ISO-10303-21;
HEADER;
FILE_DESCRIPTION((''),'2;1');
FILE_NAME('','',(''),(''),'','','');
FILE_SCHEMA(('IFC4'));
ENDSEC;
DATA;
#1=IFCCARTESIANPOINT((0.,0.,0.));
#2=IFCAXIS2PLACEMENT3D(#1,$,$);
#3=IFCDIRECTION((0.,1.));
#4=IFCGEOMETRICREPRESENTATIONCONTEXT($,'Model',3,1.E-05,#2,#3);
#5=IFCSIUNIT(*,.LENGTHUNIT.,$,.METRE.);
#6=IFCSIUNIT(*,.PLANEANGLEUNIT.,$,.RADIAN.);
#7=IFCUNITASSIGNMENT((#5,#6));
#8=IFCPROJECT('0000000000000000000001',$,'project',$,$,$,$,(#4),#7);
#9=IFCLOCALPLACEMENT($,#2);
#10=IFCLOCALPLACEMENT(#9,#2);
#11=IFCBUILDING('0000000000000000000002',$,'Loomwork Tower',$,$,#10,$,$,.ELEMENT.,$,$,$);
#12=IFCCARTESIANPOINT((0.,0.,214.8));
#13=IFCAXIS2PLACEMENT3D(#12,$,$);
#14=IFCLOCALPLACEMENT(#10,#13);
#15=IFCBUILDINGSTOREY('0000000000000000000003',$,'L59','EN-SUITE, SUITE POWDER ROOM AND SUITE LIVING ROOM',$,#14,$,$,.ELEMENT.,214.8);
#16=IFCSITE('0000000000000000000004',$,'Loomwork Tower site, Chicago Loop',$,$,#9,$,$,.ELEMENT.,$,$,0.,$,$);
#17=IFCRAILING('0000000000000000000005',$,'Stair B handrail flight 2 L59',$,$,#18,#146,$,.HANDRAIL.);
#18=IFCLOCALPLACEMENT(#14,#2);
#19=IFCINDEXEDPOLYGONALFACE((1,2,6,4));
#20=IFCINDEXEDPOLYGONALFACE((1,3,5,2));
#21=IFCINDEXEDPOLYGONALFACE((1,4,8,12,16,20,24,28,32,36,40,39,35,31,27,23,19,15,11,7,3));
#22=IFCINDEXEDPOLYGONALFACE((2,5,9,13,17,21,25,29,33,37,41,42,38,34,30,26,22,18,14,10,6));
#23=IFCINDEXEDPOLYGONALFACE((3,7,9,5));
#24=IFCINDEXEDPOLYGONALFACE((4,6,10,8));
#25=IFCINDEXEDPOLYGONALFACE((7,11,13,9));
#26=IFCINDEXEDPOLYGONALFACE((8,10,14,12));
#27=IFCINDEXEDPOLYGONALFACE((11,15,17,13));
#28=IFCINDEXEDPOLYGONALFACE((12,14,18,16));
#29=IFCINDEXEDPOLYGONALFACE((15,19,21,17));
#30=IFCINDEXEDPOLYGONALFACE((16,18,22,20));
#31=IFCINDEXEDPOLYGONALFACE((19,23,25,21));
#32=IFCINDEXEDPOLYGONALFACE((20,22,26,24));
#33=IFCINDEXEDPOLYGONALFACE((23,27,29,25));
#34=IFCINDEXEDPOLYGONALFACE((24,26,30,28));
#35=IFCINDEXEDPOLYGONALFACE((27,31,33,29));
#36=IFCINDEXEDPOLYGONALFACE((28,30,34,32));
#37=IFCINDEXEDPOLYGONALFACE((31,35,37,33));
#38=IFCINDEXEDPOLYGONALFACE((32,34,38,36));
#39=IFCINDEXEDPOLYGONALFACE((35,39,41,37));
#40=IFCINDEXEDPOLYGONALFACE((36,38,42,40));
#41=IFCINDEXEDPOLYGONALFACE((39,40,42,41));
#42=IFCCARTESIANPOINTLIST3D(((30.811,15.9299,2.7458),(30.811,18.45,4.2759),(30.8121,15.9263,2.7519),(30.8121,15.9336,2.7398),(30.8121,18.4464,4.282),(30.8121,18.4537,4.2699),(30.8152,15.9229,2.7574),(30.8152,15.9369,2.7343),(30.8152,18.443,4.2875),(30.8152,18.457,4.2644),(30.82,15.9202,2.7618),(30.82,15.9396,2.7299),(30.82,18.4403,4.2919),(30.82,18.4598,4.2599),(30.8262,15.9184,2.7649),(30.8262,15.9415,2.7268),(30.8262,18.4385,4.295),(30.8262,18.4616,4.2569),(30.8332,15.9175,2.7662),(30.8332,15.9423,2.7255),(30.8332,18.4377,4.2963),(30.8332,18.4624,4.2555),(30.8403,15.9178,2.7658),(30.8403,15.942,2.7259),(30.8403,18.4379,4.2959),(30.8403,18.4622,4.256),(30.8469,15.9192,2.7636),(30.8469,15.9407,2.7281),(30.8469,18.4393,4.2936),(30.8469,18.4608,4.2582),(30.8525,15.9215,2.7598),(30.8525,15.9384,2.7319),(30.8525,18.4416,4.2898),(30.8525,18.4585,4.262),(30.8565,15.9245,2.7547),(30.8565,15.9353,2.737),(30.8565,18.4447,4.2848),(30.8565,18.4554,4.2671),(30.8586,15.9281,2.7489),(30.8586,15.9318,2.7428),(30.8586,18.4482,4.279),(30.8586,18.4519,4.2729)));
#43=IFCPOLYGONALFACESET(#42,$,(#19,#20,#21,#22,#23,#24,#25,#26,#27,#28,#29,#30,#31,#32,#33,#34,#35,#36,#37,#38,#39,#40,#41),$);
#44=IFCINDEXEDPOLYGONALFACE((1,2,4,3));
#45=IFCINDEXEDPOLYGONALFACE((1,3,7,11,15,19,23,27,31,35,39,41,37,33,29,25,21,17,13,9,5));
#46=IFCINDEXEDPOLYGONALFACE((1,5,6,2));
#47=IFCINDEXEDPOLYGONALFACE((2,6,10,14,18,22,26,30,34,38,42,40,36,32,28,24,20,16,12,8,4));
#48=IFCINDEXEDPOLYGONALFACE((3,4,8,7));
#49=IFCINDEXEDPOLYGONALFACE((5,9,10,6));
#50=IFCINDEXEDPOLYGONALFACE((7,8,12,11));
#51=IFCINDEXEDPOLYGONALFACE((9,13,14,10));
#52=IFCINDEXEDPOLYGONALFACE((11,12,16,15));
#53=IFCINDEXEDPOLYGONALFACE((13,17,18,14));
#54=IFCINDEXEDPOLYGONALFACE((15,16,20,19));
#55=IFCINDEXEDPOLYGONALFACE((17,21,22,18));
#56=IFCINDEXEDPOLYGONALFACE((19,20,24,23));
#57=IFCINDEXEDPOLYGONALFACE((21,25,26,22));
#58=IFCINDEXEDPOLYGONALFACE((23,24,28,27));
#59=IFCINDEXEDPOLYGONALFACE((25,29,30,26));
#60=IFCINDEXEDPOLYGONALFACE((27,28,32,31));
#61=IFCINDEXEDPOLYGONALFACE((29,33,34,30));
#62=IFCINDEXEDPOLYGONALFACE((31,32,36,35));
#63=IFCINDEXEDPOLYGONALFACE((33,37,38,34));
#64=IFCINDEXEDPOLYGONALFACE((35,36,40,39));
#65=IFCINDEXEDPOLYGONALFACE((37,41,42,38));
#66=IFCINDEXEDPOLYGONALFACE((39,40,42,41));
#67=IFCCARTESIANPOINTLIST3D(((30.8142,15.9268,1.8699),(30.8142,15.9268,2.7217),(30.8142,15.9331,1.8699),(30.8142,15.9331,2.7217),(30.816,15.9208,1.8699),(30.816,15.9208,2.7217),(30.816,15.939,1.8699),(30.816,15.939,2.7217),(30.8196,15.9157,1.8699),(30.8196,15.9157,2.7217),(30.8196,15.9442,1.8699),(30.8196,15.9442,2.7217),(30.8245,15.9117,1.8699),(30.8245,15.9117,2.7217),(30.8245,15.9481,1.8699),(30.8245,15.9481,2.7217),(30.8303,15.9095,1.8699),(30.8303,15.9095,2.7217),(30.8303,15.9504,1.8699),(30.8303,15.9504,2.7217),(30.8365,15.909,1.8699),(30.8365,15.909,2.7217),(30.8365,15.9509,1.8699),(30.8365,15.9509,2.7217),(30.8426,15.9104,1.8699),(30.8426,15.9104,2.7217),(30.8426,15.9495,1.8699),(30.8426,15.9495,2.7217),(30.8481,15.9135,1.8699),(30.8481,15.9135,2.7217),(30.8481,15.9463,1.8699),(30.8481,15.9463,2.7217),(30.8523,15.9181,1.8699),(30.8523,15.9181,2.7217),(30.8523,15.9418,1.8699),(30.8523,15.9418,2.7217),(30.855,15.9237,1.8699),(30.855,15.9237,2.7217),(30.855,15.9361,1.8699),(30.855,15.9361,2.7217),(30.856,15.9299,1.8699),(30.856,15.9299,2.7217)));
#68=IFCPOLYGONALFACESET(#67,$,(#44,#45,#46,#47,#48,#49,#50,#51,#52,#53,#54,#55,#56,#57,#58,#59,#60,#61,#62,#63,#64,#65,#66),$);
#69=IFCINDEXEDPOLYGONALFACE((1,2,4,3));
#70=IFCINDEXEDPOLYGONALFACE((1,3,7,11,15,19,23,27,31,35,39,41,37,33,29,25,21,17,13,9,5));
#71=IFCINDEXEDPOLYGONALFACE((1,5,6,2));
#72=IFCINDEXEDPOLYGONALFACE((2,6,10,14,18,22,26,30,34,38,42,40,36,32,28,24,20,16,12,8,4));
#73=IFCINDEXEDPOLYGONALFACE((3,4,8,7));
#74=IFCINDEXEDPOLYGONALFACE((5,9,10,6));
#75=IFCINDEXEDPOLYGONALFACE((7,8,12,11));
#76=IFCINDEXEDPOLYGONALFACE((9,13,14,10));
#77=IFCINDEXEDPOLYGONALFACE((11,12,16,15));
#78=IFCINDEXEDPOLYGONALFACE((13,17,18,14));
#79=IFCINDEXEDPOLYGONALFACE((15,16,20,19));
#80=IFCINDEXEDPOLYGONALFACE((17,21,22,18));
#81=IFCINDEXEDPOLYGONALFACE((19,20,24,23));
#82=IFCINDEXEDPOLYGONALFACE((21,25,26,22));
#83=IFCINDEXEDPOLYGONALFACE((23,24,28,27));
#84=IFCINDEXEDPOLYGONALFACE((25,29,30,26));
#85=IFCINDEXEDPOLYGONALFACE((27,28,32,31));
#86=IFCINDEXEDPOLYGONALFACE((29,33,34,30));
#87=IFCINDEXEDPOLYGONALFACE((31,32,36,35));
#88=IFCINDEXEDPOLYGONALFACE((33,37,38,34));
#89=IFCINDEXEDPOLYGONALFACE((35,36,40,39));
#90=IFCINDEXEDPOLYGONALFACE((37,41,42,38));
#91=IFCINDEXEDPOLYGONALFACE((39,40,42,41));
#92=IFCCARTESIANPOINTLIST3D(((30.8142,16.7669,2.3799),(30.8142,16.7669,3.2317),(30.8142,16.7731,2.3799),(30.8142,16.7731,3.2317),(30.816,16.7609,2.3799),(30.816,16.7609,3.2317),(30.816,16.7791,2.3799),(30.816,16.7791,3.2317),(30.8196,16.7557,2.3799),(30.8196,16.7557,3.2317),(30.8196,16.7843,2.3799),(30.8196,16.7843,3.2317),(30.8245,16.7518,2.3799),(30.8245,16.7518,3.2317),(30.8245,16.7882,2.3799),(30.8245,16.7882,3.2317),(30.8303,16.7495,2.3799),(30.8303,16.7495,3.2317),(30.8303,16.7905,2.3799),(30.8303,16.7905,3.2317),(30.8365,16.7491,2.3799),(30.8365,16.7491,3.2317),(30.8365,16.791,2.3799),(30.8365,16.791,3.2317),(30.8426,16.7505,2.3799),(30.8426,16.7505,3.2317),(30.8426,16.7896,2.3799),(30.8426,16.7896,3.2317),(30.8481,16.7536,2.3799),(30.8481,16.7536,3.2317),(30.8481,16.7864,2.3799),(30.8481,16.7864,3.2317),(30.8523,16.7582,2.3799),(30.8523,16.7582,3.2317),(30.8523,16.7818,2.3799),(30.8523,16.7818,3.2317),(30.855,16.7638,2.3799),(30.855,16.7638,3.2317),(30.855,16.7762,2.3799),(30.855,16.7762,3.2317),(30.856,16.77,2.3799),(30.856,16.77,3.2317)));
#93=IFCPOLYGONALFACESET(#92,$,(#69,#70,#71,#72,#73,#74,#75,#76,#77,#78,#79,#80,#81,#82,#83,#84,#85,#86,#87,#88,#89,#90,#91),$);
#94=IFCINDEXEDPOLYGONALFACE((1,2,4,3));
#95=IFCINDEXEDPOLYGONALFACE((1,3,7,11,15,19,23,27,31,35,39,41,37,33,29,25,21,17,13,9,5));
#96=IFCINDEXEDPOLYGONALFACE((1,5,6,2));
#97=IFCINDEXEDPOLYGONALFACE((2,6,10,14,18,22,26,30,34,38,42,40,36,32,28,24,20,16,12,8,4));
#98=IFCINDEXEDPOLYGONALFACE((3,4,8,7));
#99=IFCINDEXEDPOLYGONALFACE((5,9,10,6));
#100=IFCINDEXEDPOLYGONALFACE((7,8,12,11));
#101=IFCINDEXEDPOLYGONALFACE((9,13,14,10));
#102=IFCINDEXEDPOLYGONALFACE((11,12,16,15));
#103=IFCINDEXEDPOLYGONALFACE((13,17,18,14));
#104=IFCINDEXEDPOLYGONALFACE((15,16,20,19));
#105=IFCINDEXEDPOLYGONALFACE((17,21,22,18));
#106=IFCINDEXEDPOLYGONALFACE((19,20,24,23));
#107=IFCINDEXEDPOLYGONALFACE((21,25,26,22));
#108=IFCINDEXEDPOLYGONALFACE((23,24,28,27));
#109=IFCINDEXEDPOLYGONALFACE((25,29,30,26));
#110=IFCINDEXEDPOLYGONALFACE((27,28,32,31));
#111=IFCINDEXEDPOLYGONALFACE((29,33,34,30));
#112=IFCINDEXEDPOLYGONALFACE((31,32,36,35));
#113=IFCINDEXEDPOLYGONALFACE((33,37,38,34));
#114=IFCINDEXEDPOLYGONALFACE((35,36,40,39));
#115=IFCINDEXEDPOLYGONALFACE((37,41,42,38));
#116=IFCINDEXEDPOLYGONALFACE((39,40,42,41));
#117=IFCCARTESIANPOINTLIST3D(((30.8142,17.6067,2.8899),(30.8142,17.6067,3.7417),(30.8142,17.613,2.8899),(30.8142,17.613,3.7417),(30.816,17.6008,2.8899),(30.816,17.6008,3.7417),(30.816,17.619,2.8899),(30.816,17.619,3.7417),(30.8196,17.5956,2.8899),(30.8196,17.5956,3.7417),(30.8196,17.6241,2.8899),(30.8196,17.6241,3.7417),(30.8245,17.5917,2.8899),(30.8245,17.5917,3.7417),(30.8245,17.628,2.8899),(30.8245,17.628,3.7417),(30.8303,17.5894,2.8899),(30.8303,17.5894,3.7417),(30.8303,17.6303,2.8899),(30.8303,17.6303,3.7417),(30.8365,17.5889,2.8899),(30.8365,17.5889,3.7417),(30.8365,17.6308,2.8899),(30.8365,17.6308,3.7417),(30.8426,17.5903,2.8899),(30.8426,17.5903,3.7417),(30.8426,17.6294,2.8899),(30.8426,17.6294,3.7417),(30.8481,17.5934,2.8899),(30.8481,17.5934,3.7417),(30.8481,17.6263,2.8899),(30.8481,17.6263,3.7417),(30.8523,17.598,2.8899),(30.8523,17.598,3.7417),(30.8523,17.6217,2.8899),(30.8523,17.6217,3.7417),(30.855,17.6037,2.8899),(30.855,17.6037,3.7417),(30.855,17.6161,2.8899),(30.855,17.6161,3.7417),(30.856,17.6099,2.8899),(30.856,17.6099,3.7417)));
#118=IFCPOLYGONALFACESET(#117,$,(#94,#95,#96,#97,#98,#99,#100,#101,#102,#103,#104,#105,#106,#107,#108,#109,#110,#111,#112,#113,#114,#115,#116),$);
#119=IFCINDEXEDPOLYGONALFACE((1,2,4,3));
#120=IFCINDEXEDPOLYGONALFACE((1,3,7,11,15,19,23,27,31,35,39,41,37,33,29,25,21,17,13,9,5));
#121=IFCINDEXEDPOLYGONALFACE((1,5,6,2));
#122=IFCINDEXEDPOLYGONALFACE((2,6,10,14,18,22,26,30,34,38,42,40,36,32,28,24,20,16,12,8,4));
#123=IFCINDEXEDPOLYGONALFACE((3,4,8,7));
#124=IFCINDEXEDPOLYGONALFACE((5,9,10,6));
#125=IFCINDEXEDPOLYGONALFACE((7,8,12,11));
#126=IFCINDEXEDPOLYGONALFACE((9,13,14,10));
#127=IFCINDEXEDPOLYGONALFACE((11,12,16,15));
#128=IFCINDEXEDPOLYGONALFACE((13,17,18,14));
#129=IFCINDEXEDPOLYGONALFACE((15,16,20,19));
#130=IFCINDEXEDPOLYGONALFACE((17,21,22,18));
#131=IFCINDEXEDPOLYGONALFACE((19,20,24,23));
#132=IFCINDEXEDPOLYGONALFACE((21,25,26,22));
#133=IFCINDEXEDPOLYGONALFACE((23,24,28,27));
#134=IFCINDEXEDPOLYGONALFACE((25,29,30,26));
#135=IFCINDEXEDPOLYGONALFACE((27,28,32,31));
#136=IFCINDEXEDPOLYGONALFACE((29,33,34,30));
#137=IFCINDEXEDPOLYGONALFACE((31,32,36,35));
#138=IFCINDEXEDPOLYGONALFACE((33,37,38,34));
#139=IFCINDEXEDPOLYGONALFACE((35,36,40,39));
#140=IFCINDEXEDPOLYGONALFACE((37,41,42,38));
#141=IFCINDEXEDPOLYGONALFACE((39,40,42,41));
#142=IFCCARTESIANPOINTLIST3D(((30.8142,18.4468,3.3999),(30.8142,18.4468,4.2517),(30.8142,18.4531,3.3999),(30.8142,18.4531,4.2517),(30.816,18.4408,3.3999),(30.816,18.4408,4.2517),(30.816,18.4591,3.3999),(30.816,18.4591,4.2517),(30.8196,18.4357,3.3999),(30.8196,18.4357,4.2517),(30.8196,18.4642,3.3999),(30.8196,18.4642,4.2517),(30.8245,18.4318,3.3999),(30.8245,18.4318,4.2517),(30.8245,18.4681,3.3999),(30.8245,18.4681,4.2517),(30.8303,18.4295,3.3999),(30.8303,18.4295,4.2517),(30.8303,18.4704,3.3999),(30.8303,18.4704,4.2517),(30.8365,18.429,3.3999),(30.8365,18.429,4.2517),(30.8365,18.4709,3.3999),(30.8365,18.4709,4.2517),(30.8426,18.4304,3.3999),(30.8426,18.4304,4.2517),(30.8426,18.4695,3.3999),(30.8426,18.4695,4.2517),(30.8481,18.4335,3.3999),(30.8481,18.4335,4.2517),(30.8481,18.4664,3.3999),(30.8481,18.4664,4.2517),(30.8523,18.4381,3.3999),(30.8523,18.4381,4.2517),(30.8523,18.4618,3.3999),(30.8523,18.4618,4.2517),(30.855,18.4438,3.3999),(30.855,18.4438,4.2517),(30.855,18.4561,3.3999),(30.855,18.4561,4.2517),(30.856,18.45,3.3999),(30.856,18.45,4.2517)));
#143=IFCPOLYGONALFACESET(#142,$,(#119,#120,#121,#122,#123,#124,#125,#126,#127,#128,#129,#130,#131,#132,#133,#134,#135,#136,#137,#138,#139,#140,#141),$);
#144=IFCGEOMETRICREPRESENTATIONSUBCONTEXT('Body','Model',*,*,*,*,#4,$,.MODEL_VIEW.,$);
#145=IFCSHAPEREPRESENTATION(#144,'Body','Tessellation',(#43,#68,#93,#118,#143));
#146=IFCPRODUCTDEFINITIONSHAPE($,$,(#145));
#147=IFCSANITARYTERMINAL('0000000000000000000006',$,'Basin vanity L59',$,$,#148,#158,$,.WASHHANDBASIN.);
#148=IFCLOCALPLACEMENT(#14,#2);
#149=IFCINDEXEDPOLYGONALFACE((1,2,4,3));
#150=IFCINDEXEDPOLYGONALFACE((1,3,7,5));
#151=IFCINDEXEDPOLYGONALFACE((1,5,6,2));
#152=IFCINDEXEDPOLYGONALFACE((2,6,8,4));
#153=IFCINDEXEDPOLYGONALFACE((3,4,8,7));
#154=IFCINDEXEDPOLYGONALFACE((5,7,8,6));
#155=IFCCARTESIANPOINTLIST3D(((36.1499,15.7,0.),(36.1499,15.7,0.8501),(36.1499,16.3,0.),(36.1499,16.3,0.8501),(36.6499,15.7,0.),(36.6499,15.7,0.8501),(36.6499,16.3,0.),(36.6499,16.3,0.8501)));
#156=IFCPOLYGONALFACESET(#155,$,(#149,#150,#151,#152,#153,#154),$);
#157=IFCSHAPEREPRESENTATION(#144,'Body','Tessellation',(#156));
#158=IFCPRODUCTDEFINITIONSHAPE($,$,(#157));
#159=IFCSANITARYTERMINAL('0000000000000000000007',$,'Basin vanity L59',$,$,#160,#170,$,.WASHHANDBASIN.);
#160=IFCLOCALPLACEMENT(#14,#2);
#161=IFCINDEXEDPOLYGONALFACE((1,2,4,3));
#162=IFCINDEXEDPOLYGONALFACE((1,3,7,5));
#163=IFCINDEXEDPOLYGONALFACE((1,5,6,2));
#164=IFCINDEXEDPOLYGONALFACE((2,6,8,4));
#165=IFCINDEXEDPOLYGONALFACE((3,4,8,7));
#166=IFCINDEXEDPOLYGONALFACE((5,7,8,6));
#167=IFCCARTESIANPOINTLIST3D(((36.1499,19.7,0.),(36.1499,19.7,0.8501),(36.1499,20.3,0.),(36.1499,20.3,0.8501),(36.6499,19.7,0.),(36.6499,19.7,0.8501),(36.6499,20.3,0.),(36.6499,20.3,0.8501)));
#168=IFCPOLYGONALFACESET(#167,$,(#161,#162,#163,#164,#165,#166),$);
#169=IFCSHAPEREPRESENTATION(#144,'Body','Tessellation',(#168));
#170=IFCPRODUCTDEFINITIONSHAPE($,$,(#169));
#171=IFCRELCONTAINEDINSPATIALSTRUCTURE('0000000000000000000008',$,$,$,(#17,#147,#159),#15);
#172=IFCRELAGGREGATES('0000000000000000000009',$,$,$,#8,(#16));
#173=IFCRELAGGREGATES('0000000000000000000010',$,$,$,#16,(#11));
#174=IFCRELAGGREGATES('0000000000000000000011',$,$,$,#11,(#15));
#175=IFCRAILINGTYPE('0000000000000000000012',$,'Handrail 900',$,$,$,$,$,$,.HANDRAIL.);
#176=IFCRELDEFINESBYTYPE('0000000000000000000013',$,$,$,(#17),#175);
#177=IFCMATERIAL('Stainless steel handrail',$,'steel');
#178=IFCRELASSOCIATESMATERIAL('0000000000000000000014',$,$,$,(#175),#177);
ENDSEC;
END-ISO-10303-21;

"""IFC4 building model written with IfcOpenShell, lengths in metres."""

from ifc_helpers import new_model, si_unit, direction, frame, origin, origin_2d, place, context, subcontext, project, spatial, rectangle, circle, extrude, material, type_object, element, save


model = new_model("IFC4")

# Units and contexts
model_context = context("Model", 3, precision=1e-05, world=origin(), true_north=direction((0.0, 1.0)))
body_context = subcontext(model_context, "Body", "Model", "MODEL_VIEW")
ifc_project = project(units=[si_unit("LENGTHUNIT", "METRE"), si_unit("PLANEANGLEUNIT", "RADIAN")], contexts=[model_context])

# Site, building, storey
site_placement = place(None, origin())
site = spatial("IfcSite", under=ifc_project, at=site_placement, Name="Loomwork Tower site, Chicago Loop", CompositionType="ELEMENT", RefElevation=0.0)
building_placement = place(site_placement, origin())
building = spatial("IfcBuilding", under=site, at=building_placement, Name="Loomwork Tower", CompositionType="ELEMENT")
storey_placement = place(building_placement, frame((0.0, 0.0, 214.8)))
storey = spatial("IfcBuildingStorey", under=building, at=storey_placement, Name="L59", Description="EN-SUITE, SUITE POWDER ROOM AND SUITE LIVING ROOM", CompositionType="ELEMENT", Elevation=214.8)

# Railing
ifc_material_1 = material(Name="Stainless steel handrail", Category="steel")
railing_type = type_object("IfcRailingType", Name="Handrail 900", PredefinedType="HANDRAIL", material=ifc_material_1)
railing_1_placement = place(storey_placement, frame((30.835, 15.9299, 1.8699)))
element("IfcRailing", 1, at=railing_1_placement, inside=storey, type_object=railing_type, Name="Stair B handrail flight 2 L59", PredefinedType="HANDRAIL", context=body_context, shape_type="SweptSolid", body=[
    extrude(circle(Radius=0.0239, at=origin_2d()), frame((0.0, 0.0, 0.876), z_axis=(0.0, 0.854785, 0.518982), x_axis=(-1.0, 0.0, 0.0)), (0.0, 0.0, 1.0), 2.9482),
    extrude(circle(Radius=0.021, at=origin_2d()), origin(), (0.0, 0.0, 1.0), 0.8518),
    extrude(circle(Radius=0.021, at=origin_2d()), frame((0.0, 0.8401, 0.51)), (0.0, 0.0, 1.0), 0.8518),
    extrude(circle(Radius=0.021, at=origin_2d()), frame((0.0, 1.6799, 1.02)), (0.0, 0.0, 1.0), 0.8518),
    extrude(circle(Radius=0.021, at=origin_2d()), frame((0.0, 2.52, 1.53)), (0.0, 0.0, 1.0), 0.8518),
])

# Sanitary terminals
for number, where, z_axis, x_axis, name in (
    (2, (36.3999, 16.0, 0.0), (0.0, 0.0, 1.0), (1.0, 0.0, 0.0), "Basin vanity L59"),
    (3, (36.3999, 20.0, 0.0), (0.0, 0.0, 1.0), (1.0, 0.0, 0.0), "Basin vanity L59"),
):
    element("IfcSanitaryTerminal", number, at=place(storey_placement, frame(where, z_axis=z_axis, x_axis=x_axis)), inside=storey, Name=name, PredefinedType="WASHHANDBASIN", context=body_context, shape_type="SweptSolid", body=[
        extrude(rectangle(XDim=0.5, YDim=0.6001, at=origin_2d()), origin(), (0.0, 0.0, 1.0), 0.8501),
    ])

save(model, "model.ifc")
